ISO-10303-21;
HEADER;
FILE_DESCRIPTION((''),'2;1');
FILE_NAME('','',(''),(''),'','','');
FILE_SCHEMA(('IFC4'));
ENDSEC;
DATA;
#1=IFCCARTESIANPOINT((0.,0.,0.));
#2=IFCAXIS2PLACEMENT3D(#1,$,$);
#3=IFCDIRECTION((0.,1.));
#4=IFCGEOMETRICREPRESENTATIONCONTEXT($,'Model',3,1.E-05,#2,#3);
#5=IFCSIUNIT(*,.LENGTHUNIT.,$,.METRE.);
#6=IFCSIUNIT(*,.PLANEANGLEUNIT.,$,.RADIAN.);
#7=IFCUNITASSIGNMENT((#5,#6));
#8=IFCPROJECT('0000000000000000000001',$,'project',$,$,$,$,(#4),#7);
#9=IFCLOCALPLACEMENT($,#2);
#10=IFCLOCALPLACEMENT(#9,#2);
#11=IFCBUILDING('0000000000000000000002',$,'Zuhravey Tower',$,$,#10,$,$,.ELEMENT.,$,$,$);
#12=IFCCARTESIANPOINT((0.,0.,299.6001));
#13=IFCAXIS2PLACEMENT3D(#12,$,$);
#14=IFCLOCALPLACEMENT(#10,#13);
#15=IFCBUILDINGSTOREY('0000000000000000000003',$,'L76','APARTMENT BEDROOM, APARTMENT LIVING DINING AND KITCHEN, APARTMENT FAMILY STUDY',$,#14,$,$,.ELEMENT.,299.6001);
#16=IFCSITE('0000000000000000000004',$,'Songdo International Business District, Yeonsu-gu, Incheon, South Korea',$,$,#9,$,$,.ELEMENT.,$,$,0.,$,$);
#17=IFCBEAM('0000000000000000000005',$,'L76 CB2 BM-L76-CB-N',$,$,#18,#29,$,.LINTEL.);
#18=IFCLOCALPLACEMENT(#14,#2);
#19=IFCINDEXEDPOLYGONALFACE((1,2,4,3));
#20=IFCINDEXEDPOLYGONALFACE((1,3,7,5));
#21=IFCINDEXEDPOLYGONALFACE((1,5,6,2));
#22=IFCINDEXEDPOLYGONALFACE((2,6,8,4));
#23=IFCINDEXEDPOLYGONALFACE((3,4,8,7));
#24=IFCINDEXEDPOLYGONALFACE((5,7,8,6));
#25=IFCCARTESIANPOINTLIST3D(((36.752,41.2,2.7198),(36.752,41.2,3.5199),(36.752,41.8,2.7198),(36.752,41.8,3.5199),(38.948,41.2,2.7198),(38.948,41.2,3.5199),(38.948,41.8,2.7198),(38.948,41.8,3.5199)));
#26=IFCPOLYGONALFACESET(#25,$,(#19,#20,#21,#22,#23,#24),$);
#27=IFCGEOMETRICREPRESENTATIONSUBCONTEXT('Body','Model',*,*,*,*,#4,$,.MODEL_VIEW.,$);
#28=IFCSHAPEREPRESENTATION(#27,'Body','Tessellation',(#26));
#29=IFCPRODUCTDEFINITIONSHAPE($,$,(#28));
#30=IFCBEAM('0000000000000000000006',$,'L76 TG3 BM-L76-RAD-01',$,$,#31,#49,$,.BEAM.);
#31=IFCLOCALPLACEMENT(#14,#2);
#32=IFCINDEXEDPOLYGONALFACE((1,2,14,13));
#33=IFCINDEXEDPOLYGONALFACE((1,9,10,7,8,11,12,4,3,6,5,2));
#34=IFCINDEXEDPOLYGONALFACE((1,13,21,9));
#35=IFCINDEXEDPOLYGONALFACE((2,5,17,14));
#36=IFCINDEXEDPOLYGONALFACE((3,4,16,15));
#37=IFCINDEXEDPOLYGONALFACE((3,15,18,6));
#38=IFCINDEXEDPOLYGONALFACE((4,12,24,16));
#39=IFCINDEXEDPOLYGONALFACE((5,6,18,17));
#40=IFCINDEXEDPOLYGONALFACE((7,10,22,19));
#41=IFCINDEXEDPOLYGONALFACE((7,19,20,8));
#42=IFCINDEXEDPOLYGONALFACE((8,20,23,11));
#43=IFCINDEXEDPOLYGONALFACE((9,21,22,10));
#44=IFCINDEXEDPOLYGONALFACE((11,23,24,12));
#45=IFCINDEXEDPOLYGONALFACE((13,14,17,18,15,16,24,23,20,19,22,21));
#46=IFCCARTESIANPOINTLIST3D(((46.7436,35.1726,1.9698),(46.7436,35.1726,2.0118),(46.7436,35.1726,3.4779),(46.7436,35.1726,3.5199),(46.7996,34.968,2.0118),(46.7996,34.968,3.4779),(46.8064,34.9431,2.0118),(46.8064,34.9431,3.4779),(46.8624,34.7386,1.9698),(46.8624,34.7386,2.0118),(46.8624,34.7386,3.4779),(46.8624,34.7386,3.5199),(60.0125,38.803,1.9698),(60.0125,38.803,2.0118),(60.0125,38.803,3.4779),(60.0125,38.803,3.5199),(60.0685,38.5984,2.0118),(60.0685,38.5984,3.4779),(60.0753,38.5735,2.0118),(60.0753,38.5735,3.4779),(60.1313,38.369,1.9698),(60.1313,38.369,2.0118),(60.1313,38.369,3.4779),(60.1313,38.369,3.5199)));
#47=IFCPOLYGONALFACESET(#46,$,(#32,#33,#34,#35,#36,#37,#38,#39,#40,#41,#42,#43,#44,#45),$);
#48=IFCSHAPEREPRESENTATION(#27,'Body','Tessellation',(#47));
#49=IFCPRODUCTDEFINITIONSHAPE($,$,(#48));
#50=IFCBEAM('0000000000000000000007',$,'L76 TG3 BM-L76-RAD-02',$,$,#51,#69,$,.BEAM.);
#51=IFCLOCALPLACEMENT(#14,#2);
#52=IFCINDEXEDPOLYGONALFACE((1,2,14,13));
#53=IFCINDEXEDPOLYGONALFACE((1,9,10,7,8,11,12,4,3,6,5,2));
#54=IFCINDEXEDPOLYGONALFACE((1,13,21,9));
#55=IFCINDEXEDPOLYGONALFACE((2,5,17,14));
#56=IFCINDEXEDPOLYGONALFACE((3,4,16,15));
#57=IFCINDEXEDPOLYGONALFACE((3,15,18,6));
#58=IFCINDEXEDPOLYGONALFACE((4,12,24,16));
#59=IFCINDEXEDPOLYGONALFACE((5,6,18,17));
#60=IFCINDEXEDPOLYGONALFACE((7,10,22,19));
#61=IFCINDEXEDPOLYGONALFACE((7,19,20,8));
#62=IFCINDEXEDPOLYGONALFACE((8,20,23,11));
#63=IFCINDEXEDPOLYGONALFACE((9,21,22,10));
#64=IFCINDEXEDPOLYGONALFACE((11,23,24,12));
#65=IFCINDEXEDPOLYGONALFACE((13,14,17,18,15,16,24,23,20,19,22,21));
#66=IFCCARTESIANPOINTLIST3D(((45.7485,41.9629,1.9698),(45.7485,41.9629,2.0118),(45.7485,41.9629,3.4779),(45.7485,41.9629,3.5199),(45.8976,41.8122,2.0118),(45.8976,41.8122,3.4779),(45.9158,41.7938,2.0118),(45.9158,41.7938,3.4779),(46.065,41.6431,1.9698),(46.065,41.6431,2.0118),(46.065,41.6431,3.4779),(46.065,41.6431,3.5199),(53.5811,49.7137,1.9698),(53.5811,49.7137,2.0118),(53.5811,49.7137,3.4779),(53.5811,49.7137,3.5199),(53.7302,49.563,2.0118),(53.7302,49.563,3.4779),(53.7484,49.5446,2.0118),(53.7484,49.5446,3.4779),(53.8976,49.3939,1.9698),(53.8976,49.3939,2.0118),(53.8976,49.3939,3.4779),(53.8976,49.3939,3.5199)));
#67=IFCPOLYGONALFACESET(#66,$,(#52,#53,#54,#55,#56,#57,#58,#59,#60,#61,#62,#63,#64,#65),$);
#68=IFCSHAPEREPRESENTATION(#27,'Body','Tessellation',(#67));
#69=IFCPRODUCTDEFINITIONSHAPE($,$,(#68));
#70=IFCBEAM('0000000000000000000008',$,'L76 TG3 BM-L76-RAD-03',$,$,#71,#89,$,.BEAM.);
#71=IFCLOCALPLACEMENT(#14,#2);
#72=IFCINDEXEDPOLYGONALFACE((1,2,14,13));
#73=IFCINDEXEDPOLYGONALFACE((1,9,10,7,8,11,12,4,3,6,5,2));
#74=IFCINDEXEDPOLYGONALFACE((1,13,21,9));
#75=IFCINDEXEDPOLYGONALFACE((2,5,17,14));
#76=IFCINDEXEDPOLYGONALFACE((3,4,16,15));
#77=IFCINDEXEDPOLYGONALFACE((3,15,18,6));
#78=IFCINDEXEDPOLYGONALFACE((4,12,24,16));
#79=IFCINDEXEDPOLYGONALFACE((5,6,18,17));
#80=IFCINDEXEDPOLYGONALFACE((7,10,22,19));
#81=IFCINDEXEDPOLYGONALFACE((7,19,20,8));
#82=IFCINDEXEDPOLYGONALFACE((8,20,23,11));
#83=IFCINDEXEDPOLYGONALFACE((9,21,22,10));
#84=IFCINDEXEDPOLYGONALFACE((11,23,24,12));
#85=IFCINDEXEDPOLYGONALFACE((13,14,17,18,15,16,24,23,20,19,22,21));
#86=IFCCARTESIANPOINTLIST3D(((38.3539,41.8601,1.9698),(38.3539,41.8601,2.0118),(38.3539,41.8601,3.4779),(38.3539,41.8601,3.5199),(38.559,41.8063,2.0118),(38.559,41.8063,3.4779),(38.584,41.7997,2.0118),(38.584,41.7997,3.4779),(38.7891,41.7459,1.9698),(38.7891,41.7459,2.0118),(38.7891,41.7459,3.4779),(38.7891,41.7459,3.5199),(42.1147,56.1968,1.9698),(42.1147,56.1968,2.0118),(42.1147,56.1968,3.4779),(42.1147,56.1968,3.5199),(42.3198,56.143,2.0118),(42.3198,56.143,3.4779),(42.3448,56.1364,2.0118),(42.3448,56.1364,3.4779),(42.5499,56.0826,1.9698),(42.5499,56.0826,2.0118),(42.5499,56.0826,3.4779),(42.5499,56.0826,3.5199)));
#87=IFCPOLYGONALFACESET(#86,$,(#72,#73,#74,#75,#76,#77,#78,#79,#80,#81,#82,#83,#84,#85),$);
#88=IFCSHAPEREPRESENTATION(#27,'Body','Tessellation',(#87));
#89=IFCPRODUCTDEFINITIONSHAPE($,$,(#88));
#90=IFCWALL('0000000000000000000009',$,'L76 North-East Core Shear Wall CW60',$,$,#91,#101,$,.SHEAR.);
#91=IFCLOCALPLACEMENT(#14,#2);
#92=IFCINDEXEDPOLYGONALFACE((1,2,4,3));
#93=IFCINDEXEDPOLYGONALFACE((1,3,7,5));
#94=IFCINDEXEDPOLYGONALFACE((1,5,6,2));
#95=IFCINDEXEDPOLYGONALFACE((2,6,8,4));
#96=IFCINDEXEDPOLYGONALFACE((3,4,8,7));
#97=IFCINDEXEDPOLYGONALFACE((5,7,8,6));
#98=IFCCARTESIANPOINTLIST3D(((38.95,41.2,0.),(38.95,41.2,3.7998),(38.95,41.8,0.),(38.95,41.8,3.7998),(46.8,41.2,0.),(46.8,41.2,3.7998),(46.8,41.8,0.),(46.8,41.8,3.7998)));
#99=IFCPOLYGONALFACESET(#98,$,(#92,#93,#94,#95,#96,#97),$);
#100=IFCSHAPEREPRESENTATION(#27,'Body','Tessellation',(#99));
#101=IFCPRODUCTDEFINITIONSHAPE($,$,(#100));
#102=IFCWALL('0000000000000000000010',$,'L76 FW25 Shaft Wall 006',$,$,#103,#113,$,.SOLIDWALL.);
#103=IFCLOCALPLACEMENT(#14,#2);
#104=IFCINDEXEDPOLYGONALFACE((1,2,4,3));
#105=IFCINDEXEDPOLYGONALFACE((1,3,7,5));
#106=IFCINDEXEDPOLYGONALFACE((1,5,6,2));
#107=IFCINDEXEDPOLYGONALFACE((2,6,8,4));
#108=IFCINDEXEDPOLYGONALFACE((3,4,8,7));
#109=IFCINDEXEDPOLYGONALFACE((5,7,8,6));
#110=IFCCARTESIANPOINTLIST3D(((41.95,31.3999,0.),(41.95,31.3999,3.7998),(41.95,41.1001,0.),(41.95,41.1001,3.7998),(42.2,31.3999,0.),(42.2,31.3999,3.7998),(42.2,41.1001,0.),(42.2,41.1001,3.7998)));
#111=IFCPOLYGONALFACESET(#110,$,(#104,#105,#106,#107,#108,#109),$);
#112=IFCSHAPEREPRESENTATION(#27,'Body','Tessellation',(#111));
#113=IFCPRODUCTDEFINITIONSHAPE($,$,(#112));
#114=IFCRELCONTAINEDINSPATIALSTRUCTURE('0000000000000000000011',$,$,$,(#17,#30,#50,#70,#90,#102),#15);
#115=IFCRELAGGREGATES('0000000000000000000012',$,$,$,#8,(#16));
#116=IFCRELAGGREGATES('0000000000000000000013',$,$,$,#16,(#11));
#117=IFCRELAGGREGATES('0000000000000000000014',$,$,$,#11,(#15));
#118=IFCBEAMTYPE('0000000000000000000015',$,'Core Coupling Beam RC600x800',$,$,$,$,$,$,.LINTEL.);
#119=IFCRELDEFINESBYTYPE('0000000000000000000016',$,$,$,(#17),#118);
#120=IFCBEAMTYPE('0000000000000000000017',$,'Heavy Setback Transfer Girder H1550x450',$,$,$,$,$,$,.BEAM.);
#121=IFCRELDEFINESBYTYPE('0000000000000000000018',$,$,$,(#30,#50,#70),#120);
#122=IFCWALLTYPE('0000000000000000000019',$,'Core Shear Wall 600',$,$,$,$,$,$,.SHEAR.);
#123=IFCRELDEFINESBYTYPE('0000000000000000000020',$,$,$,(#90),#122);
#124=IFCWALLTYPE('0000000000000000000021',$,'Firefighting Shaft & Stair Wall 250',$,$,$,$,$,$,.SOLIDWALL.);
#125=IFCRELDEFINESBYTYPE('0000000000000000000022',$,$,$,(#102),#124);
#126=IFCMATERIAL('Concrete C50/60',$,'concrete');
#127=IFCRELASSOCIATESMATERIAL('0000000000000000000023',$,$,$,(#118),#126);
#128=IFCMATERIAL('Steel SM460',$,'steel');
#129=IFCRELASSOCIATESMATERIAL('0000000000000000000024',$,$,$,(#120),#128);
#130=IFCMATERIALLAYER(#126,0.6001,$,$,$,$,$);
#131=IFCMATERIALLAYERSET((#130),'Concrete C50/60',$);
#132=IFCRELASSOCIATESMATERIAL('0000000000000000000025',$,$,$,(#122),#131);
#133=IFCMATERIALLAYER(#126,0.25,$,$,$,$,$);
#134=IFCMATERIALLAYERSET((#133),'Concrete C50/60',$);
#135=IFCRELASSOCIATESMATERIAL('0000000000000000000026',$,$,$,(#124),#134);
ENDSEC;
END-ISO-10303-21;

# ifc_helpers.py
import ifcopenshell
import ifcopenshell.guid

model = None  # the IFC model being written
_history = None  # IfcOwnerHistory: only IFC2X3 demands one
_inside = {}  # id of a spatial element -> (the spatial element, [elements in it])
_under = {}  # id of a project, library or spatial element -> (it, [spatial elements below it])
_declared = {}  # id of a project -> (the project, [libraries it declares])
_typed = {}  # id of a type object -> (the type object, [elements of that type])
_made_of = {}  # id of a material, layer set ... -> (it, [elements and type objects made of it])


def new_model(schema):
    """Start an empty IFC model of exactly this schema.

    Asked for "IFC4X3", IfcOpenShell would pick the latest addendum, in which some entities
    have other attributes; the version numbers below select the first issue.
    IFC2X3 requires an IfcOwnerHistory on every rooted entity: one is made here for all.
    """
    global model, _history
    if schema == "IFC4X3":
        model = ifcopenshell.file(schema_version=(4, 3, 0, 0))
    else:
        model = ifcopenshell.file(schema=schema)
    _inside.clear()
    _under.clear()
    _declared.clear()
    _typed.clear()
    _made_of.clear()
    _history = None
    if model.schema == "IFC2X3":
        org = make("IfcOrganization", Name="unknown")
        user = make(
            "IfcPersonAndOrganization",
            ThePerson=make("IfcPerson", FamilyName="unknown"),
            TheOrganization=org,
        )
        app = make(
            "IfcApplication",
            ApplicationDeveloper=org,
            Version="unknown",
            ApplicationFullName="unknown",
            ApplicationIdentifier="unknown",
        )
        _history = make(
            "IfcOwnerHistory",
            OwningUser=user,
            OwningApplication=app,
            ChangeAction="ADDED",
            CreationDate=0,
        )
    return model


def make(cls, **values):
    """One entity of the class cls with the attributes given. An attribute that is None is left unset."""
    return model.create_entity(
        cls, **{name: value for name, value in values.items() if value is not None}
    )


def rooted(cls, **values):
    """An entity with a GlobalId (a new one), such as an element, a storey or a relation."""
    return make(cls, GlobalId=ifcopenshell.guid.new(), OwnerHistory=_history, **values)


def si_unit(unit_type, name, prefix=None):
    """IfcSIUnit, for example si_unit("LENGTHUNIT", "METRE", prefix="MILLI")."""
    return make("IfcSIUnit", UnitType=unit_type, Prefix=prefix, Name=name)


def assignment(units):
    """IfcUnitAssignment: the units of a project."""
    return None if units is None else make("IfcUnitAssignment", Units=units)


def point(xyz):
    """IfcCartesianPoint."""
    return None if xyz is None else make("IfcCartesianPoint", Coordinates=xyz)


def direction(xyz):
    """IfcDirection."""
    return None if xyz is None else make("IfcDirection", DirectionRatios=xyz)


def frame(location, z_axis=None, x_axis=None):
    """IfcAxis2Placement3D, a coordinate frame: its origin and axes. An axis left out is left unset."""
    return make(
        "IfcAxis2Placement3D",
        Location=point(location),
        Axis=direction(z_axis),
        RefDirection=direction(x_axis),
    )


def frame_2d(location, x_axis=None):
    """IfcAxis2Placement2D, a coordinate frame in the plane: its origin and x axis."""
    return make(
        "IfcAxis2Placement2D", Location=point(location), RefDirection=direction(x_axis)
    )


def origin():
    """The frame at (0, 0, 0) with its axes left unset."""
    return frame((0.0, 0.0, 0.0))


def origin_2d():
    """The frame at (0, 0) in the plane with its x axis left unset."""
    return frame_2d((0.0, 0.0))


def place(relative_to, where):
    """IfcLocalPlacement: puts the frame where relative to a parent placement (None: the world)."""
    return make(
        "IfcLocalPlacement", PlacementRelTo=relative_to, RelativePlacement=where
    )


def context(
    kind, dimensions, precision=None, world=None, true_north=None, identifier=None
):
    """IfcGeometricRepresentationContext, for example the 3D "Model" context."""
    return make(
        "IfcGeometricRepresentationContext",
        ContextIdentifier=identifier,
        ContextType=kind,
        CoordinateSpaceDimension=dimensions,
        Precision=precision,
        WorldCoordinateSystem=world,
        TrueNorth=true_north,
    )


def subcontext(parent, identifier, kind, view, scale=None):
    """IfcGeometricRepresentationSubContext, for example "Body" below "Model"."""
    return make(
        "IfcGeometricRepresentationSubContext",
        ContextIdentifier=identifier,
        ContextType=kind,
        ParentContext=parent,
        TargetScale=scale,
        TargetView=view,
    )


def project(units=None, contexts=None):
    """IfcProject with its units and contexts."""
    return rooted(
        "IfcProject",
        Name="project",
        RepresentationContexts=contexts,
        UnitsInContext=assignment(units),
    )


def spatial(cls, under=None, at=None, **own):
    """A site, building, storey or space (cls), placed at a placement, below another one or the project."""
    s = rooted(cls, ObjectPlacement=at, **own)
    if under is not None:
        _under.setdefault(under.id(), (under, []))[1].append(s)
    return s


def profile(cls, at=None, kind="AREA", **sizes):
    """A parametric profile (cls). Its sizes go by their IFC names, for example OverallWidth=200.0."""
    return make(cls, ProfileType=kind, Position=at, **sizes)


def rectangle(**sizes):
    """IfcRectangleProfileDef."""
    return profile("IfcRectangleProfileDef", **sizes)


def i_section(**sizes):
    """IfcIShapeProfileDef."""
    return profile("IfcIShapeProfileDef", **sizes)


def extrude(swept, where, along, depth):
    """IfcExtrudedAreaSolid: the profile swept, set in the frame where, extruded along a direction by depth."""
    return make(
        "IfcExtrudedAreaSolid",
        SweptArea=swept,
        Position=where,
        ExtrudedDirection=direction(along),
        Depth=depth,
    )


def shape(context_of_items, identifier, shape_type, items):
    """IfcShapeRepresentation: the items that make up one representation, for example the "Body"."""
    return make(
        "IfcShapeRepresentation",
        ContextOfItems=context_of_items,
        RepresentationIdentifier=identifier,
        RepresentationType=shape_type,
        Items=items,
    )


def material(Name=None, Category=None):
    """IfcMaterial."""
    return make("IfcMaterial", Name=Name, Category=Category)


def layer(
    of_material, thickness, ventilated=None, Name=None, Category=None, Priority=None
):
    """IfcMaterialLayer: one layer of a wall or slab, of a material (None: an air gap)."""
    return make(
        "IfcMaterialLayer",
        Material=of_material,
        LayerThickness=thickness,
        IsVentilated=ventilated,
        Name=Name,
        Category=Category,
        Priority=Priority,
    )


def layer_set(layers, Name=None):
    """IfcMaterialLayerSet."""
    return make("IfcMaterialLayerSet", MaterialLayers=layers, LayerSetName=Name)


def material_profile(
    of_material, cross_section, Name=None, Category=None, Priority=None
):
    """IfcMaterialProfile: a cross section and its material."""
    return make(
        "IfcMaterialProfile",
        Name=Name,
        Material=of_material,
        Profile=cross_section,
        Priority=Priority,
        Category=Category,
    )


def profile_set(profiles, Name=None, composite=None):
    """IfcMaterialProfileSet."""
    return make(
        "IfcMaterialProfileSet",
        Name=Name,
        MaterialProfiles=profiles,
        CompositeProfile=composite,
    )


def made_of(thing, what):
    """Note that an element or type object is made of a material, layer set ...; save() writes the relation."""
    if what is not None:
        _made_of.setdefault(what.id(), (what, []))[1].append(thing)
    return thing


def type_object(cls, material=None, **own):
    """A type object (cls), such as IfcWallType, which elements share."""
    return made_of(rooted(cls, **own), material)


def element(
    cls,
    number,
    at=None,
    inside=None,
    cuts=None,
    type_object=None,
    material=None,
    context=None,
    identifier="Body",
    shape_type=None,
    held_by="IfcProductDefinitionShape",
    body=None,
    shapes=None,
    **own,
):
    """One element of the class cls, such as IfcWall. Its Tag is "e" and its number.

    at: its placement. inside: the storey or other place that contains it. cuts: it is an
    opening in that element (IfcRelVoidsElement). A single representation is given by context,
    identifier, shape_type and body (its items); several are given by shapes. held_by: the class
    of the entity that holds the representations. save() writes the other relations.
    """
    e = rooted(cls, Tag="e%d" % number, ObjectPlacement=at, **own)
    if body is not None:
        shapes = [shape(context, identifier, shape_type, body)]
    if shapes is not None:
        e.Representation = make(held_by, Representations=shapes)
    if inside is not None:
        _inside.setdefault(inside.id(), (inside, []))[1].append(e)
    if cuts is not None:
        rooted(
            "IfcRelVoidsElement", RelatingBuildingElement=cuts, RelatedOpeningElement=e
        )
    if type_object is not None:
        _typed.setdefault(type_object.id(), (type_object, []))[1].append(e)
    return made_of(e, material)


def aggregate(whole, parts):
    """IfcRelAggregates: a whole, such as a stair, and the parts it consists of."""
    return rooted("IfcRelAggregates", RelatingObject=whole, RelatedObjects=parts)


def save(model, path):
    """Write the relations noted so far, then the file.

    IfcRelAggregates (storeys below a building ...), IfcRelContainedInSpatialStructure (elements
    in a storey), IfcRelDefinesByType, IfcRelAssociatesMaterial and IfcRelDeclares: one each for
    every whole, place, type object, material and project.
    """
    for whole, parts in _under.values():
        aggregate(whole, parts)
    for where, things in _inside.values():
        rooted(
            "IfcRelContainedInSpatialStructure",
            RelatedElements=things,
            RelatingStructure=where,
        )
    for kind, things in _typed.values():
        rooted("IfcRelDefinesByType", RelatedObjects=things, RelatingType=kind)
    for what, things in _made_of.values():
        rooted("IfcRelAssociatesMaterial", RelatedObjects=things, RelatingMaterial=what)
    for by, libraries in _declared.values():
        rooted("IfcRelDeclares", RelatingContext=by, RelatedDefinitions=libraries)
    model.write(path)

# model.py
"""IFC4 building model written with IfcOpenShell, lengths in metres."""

from ifc_helpers import new_model, si_unit, direction, frame, frame_2d, origin, origin_2d, place, context, subcontext, project, spatial, rectangle, i_section, extrude, material, layer, layer_set, material_profile, profile_set, type_object, element, save


model = new_model("IFC4")

# Units and contexts
model_context = context("Model", 3, precision=1e-05, world=origin(), true_north=direction((0.0, 1.0)))
body_context = subcontext(model_context, "Body", "Model", "MODEL_VIEW")
ifc_project = project(units=[si_unit("LENGTHUNIT", "METRE"), si_unit("PLANEANGLEUNIT", "RADIAN")], contexts=[model_context])

# Site, building, storey
site_placement = place(None, origin())
site = spatial("IfcSite", under=ifc_project, at=site_placement, Name="Songdo International Business District, Yeonsu-gu, Incheon, South Korea", CompositionType="ELEMENT", RefElevation=0.0)
building_placement = place(site_placement, origin())
building = spatial("IfcBuilding", under=site, at=building_placement, Name="Zuhravey Tower", CompositionType="ELEMENT")
storey_placement = place(building_placement, frame((0.0, 0.0, 299.6001)))
storey = spatial("IfcBuildingStorey", under=building, at=storey_placement, Name="L76", Description="APARTMENT BEDROOM, APARTMENT LIVING DINING AND KITCHEN, APARTMENT FAMILY STUDY", CompositionType="ELEMENT", Elevation=299.6001)

# Beams
ifc_material_1 = material(Name="Concrete C50/60", Category="concrete")
ifc_material_profile_1 = material_profile(ifc_material_1, rectangle(XDim=0.6001, YDim=0.8, at=origin_2d()), Name="RC-600x800")
ifc_profile_set_1 = profile_set([ifc_material_profile_1], Name="Concrete C50/60")
beam_type_1 = type_object("IfcBeamType", Name="Core Coupling Beam RC600x800", PredefinedType="LINTEL", material=ifc_profile_set_1)
beam_1_placement = place(storey_placement, frame((36.752, 41.5, 3.1199), z_axis=(1.0, 0.0, 0.0), x_axis=(0.0, 1.0, 0.0)))
element("IfcBeam", 1, at=beam_1_placement, inside=storey, type_object=beam_type_1, Name="L76 CB2 BM-L76-CB-N", PredefinedType="LINTEL", context=body_context, shape_type="SweptSolid", body=[
    extrude(rectangle(XDim=0.6001, YDim=0.8, at=origin_2d()), origin(), (0.0, 0.0, 1.0), 2.196),
])
ifc_material_2 = material(Name="Steel SM460", Category="steel")
ifc_material_profile_2 = material_profile(ifc_material_2, i_section(OverallWidth=0.45, OverallDepth=1.55, WebThickness=0.0259, FlangeThickness=0.042, at=origin_2d()), Name="H-1550x450x26x42")
ifc_profile_set_2 = profile_set([ifc_material_profile_2], Name="Steel SM460")
beam_type_2 = type_object("IfcBeamType", Name="Heavy Setback Transfer Girder H1550x450", PredefinedType="BEAM", material=ifc_profile_set_2)
beam_2_placement = place(storey_placement, frame((46.803, 34.9556, 2.7449), z_axis=(0.964549, 0.263903, 0.0), x_axis=(-0.263903, 0.964549, 0.0)))
element("IfcBeam", 2, at=beam_2_placement, inside=storey, type_object=beam_type_2, Name="L76 TG3 BM-L76-RAD-01", PredefinedType="BEAM", context=body_context, shape_type="SweptSolid", body=[
    extrude(i_section(OverallWidth=0.45, OverallDepth=1.55, WebThickness=0.0259, FlangeThickness=0.042, at=origin_2d()), origin(), (0.0, 0.0, 1.0), 13.7566),
])
beam_3_placement = place(storey_placement, frame((45.9067, 41.803, 2.7449), z_axis=(0.710808, 0.703386, 0.0), x_axis=(-0.703386, 0.710808, 0.0)))
element("IfcBeam", 3, at=beam_3_placement, inside=storey, type_object=beam_type_2, Name="L76 TG3 BM-L76-RAD-02", PredefinedType="BEAM", context=body_context, shape_type="SweptSolid", body=[
    extrude(i_section(OverallWidth=0.45, OverallDepth=1.55, WebThickness=0.0259, FlangeThickness=0.042, at=origin_2d()), origin(), (0.0, 0.0, 1.0), 11.0193),
])
beam_4_placement = place(storey_placement, frame((38.5715, 41.803, 2.7449), z_axis=(0.253732, 0.967275, 0.0), x_axis=(-0.967275, 0.253732, 0.0)))
element("IfcBeam", 4, at=beam_4_placement, inside=storey, type_object=beam_type_2, Name="L76 TG3 BM-L76-RAD-03", PredefinedType="BEAM", context=body_context, shape_type="SweptSolid", body=[
    extrude(i_section(OverallWidth=0.45, OverallDepth=1.55, WebThickness=0.0259, FlangeThickness=0.042, at=origin_2d()), origin(), (0.0, 0.0, 1.0), 14.8218),
])

# Wall
ifc_layer_1 = layer(ifc_material_1, 0.6001)
ifc_layer_set_1 = layer_set([ifc_layer_1], Name="Concrete C50/60")
wall_type_1 = type_object("IfcWallType", Name="Core Shear Wall 600", PredefinedType="SHEAR", material=ifc_layer_set_1)
wall_1_placement = place(storey_placement, frame((46.8, 41.5, 0.0), z_axis=(0.0, 0.0, 1.0), x_axis=(-1.0, 0.0, 0.0)))
element("IfcWall", 5, at=wall_1_placement, inside=storey, type_object=wall_type_1, Name="L76 North-East Core Shear Wall CW60", PredefinedType="SHEAR", context=body_context, shape_type="SweptSolid", body=[
    extrude(rectangle(XDim=7.8501, YDim=0.6001, at=frame_2d((3.925, 0.0))), origin(), (0.0, 0.0, 1.0), 3.7998),
])

# Shared definitions
ifc_layer_2 = layer(ifc_material_1, 0.25)
ifc_layer_set_2 = layer_set([ifc_layer_2], Name="Concrete C50/60")
wall_type_2 = type_object("IfcWallType", Name="Firefighting Shaft & Stair Wall 250", PredefinedType="SOLIDWALL", material=ifc_layer_set_2)

# Wall
wall_2_placement = place(storey_placement, frame((42.075, 31.3999, 0.0), z_axis=(0.0, 0.0, 1.0), x_axis=(0.0, 1.0, 0.0)))
element("IfcWall", 6, at=wall_2_placement, inside=storey, type_object=wall_type_2, Name="L76 FW25 Shaft Wall 006", PredefinedType="SOLIDWALL", context=body_context, shape_type="SweptSolid", body=[
    extrude(rectangle(XDim=9.7002, YDim=0.25, at=frame_2d((4.8501, 0.0))), origin(), (0.0, 0.0, 1.0), 3.7998),
])

save(model, "model.ifc")
